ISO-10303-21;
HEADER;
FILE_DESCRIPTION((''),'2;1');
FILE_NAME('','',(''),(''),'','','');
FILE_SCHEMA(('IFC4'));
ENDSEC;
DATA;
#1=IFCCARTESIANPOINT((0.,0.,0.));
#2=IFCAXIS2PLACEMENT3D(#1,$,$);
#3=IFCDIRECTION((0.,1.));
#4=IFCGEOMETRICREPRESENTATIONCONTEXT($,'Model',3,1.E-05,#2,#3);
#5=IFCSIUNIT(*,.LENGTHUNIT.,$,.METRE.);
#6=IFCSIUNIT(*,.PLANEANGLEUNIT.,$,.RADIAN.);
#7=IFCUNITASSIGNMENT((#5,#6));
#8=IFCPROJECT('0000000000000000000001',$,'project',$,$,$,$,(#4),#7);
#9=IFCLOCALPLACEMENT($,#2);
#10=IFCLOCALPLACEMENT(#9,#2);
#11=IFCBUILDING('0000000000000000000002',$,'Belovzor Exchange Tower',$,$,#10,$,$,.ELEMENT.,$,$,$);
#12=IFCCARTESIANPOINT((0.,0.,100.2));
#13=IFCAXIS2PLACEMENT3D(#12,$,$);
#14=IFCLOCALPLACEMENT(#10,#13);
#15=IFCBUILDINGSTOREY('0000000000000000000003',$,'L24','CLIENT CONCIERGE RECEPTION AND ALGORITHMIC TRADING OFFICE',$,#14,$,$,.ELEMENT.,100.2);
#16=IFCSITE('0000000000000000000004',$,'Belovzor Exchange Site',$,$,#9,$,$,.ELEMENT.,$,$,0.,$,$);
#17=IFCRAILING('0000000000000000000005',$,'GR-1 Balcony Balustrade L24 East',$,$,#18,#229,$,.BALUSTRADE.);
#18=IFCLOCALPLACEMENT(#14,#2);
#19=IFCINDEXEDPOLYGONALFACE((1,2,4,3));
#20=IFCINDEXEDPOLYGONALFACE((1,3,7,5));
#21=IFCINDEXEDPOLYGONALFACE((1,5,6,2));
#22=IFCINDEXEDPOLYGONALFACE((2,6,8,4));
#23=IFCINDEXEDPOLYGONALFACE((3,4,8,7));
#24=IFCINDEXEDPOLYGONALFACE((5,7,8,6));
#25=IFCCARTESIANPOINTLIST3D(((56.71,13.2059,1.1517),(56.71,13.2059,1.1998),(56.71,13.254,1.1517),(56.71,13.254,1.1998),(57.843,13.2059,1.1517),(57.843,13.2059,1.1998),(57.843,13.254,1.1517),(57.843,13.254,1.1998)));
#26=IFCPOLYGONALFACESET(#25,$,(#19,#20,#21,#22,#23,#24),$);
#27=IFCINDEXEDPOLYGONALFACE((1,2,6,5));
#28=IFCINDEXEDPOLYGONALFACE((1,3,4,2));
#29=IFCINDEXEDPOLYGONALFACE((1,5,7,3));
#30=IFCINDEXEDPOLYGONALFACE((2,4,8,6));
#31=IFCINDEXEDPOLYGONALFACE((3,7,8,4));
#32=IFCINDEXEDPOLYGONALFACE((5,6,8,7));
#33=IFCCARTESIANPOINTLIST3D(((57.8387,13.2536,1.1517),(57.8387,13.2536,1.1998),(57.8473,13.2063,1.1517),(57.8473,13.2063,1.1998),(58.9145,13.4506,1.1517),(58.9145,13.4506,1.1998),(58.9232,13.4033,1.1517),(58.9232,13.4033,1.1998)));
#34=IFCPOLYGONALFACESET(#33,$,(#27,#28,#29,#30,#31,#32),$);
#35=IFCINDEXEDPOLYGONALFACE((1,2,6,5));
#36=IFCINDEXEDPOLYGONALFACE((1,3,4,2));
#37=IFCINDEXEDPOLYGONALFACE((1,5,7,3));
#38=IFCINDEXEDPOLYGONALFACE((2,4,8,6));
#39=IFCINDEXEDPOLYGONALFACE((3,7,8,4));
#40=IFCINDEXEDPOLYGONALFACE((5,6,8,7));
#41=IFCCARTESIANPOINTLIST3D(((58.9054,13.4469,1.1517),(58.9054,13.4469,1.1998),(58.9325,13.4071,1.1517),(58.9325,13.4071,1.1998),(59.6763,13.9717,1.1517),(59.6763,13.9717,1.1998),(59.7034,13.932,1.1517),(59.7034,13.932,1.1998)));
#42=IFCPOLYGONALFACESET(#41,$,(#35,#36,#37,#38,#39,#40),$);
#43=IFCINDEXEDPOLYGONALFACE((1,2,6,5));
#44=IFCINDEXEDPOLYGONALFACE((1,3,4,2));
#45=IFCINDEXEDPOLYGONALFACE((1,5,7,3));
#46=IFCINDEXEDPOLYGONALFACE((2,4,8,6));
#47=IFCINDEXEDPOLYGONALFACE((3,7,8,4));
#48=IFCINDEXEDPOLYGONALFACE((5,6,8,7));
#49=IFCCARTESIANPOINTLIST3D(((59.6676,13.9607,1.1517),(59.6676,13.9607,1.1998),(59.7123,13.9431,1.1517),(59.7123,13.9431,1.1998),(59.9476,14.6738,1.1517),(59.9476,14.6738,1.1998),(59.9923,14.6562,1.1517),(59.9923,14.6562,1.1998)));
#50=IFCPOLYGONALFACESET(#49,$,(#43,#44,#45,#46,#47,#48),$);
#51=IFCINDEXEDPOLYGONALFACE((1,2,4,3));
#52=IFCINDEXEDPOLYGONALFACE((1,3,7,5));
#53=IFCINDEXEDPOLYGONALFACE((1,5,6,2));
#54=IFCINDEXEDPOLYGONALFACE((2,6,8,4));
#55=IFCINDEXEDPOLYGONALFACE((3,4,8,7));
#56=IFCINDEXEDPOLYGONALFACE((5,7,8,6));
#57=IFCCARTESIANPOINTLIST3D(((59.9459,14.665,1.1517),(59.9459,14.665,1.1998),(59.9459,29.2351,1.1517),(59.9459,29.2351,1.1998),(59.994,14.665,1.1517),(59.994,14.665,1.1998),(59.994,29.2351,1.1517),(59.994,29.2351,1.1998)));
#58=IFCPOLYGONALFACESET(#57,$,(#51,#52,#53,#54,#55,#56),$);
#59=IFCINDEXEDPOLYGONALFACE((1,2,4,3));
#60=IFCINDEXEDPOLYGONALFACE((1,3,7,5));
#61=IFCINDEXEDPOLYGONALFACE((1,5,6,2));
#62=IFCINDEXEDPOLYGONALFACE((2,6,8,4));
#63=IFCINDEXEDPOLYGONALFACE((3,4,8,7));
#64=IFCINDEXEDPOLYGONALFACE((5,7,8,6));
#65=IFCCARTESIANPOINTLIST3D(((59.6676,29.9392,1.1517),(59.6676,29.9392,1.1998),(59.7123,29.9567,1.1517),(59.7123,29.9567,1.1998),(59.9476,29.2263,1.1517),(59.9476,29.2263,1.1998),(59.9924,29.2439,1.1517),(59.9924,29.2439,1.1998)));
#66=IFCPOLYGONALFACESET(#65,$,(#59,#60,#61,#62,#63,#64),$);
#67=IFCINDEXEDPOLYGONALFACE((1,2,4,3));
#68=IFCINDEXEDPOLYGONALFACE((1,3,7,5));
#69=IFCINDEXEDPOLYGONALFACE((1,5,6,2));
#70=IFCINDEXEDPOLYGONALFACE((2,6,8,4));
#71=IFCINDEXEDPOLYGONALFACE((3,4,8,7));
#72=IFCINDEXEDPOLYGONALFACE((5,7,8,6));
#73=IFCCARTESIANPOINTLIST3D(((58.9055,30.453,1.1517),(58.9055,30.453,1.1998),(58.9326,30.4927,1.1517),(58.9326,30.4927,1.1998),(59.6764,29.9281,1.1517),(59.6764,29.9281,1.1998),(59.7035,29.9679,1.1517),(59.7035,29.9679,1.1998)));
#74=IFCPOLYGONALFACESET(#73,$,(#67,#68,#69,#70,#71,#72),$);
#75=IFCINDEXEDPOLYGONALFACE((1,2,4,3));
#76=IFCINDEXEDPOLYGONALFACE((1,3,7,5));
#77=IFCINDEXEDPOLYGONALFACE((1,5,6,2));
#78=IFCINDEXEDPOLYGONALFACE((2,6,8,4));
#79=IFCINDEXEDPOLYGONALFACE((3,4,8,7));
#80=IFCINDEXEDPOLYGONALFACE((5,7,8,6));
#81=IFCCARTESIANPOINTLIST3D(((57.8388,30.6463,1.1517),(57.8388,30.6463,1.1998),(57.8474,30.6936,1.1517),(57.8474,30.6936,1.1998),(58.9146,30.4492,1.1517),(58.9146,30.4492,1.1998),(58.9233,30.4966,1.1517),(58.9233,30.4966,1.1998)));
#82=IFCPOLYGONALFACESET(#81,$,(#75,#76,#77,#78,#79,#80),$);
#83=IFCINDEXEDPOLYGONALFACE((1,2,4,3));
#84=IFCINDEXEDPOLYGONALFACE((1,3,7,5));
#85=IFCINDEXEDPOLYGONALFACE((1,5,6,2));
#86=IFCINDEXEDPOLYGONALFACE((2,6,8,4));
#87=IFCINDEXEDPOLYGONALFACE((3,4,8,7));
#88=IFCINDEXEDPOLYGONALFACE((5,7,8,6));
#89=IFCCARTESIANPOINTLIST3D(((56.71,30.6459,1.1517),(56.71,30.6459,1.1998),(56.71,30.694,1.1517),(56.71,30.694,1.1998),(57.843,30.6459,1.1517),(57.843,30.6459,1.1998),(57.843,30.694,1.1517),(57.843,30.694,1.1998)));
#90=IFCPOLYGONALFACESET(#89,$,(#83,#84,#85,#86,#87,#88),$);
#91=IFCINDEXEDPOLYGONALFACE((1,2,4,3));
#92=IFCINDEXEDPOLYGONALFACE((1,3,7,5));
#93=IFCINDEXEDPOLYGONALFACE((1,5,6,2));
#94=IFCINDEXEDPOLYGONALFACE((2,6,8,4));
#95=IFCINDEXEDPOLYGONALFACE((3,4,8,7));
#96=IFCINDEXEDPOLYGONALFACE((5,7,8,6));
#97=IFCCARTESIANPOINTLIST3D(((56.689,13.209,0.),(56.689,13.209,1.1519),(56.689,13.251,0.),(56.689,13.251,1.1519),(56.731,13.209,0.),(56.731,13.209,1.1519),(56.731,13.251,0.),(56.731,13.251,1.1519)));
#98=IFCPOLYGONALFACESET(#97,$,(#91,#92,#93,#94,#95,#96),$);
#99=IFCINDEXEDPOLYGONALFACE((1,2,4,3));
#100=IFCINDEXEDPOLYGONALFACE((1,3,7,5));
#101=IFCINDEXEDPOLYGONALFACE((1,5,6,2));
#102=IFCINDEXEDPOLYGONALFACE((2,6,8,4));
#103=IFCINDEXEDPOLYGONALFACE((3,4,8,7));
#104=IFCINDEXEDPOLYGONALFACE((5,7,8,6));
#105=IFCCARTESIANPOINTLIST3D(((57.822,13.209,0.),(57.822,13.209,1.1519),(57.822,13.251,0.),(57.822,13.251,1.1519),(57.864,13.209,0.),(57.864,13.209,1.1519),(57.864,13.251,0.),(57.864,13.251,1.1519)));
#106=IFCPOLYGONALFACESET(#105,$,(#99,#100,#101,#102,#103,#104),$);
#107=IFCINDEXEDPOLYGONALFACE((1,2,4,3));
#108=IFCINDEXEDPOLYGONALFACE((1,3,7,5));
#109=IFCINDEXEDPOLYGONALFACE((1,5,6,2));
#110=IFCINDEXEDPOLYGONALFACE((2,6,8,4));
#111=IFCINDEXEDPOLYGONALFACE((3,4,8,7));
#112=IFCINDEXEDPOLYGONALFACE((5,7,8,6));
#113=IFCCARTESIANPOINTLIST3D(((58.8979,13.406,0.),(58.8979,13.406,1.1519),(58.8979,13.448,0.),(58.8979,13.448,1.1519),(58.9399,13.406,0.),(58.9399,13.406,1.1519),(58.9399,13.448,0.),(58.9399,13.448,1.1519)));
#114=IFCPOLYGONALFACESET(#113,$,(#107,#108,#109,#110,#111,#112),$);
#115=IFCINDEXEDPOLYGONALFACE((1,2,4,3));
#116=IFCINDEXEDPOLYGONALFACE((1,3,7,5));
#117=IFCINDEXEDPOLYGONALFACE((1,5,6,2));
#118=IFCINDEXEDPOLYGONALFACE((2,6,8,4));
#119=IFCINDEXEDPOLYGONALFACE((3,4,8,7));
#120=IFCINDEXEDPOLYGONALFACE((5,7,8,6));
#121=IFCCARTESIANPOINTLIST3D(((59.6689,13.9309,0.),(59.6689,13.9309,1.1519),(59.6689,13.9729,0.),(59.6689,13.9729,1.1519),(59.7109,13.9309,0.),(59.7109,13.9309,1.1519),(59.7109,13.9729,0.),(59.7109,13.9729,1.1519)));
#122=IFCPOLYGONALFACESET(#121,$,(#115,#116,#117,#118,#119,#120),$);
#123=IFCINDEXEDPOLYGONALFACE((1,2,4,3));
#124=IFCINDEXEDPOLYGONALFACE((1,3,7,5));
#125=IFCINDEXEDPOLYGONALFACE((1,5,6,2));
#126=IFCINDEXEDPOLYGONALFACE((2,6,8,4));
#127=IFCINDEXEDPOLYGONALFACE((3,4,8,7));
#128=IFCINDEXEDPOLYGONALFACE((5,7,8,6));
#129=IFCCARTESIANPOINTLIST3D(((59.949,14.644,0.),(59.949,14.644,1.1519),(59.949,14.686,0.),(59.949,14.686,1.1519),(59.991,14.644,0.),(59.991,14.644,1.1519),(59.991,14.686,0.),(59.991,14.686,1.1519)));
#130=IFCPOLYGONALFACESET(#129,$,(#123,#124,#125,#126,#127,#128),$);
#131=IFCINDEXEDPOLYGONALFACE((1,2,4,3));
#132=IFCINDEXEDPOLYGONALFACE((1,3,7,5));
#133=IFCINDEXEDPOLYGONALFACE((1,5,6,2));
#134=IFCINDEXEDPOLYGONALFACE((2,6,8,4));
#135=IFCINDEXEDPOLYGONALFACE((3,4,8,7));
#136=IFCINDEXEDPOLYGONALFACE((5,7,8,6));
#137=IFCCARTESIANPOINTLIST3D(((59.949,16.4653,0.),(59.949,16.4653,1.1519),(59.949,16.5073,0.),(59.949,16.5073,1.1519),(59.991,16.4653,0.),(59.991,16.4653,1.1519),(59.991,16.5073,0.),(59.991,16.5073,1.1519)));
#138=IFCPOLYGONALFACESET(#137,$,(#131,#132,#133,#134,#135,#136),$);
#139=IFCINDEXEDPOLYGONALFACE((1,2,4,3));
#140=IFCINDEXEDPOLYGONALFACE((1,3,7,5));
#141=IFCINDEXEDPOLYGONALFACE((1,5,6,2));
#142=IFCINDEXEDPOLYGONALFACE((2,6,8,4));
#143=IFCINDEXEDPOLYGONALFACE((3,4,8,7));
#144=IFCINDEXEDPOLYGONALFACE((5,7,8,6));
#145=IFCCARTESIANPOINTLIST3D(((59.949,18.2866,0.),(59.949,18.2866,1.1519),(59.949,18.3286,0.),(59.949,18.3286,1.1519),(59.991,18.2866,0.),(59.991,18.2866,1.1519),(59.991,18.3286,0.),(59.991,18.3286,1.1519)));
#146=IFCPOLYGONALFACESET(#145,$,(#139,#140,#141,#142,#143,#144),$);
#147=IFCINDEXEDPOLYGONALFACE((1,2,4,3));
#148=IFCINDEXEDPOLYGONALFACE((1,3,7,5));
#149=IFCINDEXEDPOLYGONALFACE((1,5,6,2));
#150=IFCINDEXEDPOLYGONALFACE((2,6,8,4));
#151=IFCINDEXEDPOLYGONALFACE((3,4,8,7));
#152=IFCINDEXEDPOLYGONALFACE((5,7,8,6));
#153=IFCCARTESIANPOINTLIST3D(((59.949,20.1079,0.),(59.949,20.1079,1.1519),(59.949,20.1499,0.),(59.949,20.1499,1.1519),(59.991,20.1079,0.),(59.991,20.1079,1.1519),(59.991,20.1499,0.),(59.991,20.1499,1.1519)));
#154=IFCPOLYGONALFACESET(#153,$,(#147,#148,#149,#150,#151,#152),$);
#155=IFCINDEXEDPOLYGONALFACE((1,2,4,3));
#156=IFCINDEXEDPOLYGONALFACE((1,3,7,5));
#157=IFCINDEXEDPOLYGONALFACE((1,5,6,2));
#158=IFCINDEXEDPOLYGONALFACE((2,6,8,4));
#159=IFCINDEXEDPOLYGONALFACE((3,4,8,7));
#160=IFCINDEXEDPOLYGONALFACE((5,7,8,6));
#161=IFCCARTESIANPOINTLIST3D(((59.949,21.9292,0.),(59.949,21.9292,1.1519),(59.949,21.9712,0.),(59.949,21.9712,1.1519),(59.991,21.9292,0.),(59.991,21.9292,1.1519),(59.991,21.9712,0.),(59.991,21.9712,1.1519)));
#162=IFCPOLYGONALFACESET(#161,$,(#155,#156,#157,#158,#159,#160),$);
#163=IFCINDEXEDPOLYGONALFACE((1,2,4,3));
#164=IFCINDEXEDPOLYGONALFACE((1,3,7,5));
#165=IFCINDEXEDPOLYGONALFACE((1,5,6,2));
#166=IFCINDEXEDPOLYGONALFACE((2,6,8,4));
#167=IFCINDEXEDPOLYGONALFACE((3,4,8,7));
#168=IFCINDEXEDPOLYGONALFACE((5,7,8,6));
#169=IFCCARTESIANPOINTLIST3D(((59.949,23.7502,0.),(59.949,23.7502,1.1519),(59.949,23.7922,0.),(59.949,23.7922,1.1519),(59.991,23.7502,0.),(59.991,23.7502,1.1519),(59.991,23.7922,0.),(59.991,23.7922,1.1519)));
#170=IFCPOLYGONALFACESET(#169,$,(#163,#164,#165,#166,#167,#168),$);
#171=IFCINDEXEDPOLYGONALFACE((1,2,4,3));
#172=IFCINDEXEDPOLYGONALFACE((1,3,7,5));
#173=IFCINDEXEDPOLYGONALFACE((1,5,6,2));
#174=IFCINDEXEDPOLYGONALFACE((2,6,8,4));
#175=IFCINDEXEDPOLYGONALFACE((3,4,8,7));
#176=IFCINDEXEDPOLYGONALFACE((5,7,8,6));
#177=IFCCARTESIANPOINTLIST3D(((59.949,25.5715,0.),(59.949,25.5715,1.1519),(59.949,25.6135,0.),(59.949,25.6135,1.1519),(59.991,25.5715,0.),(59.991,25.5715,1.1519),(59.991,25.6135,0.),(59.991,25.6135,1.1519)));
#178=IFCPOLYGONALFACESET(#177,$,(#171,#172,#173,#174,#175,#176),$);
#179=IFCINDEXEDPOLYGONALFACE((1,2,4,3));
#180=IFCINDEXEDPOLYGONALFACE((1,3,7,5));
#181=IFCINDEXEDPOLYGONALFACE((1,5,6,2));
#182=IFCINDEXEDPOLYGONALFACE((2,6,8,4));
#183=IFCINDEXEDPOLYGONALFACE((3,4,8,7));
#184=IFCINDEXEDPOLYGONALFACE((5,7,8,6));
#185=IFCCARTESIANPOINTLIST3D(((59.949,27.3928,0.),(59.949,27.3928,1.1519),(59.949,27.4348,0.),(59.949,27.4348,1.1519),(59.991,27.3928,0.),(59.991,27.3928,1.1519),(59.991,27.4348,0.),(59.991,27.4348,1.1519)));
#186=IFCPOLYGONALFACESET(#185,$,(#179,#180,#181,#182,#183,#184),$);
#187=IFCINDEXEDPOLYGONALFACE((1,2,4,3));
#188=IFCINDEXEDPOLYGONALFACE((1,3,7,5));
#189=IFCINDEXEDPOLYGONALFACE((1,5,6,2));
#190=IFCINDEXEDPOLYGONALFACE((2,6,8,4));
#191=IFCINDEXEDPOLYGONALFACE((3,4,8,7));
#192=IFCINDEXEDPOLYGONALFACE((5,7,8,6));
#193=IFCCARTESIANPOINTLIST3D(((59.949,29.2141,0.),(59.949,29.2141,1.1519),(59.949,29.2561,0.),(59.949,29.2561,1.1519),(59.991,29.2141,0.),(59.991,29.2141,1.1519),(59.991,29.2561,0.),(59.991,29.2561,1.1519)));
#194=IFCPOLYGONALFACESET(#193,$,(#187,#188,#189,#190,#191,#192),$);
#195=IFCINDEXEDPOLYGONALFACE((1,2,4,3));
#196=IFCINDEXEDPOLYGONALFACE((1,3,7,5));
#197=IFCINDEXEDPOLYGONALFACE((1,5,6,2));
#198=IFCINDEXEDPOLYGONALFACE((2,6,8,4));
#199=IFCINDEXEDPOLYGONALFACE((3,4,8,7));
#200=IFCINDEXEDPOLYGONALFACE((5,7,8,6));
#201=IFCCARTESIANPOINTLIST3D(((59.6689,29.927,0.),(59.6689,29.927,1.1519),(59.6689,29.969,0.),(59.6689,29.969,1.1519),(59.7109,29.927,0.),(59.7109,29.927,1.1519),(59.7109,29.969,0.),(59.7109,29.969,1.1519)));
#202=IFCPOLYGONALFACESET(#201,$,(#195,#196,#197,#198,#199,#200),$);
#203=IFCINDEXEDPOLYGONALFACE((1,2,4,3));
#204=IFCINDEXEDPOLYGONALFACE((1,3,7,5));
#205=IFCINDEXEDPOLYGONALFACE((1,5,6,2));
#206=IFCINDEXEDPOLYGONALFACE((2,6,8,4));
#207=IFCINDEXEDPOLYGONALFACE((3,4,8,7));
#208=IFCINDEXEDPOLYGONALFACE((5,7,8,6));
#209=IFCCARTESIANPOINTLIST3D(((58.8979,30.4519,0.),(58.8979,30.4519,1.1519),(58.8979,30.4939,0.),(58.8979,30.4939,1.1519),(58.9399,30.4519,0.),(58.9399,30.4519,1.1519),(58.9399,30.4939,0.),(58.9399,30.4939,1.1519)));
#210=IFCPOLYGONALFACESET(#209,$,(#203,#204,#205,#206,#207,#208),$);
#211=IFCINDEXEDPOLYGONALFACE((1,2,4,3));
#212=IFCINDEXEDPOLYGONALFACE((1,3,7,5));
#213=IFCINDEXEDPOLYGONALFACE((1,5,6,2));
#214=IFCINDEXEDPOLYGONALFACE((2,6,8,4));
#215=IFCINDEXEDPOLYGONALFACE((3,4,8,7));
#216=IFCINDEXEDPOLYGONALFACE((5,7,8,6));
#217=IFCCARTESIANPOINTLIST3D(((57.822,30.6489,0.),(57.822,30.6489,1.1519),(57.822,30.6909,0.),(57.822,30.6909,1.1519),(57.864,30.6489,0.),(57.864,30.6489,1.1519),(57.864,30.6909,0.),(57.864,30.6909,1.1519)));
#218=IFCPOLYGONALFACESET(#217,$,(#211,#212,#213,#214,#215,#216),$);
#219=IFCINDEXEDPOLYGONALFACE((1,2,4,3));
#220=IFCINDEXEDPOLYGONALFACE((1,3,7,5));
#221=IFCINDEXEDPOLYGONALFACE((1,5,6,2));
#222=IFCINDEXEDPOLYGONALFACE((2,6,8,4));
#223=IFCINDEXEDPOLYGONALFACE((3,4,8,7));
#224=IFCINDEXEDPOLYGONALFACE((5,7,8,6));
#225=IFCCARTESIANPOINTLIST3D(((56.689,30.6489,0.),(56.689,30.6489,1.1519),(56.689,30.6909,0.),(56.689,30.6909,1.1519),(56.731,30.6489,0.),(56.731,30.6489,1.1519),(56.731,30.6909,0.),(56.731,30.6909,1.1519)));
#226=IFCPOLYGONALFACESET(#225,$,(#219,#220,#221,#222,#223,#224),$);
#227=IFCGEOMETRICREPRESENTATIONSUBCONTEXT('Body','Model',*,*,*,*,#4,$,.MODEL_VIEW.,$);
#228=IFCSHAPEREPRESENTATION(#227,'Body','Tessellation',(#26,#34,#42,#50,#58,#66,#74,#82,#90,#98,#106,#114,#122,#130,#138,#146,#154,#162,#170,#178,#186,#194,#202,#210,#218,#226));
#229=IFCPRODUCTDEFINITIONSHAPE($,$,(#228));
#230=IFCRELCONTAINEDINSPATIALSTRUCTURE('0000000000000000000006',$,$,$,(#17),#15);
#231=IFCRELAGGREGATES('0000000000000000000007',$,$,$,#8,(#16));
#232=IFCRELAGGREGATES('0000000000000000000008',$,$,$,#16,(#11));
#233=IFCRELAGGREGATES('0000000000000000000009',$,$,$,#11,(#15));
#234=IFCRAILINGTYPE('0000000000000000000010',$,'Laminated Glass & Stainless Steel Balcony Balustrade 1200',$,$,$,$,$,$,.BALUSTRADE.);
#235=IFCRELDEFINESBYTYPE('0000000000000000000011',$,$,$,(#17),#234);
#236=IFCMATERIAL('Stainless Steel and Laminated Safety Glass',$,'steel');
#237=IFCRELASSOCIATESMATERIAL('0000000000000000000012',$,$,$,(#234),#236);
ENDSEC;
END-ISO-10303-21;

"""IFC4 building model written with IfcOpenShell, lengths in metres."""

from ifc_helpers import new_model, si_unit, direction, frame, origin, origin_2d, place, context, subcontext, project, spatial, rectangle, extrude, material, type_object, element, save


model = new_model("IFC4")

# Units and contexts
model_context = context("Model", 3, precision=1e-05, world=origin(), true_north=direction((0.0, 1.0)))
body_context = subcontext(model_context, "Body", "Model", "MODEL_VIEW")
ifc_project = project(units=[si_unit("LENGTHUNIT", "METRE"), si_unit("PLANEANGLEUNIT", "RADIAN")], contexts=[model_context])

# Site, building, storey
site_placement = place(None, origin())
site = spatial("IfcSite", under=ifc_project, at=site_placement, Name="Belovzor Exchange Site", CompositionType="ELEMENT", RefElevation=0.0)
building_placement = place(site_placement, origin())
building = spatial("IfcBuilding", under=site, at=building_placement, Name="Belovzor Exchange Tower", CompositionType="ELEMENT")
storey_placement = place(building_placement, frame((0.0, 0.0, 100.2)))
storey = spatial("IfcBuildingStorey", under=building, at=storey_placement, Name="L24", Description="CLIENT CONCIERGE RECEPTION AND ALGORITHMIC TRADING OFFICE", CompositionType="ELEMENT", Elevation=100.2)

# Railing
ifc_material_1 = material(Name="Stainless Steel and Laminated Safety Glass", Category="steel")
railing_type = type_object("IfcRailingType", Name="Laminated Glass & Stainless Steel Balcony Balustrade 1200", PredefinedType="BALUSTRADE", material=ifc_material_1)
railing_placement = place(storey_placement, frame((56.71, 13.23, 0.0)))
element("IfcRailing", 1, at=railing_placement, inside=storey, type_object=railing_type, Name="GR-1 Balcony Balustrade L24 East", PredefinedType="BALUSTRADE", context=body_context, shape_type="SweptSolid", body=[
    extrude(rectangle(XDim=0.0481, YDim=0.0481, at=origin_2d()), frame((0.0, 0.0, 1.1758), z_axis=(1.0, 0.0, 0.0), x_axis=(0.0, 1.0, 0.0)), (0.0, 0.0, 1.0), 1.1331),
    extrude(rectangle(XDim=0.0481, YDim=0.0481, at=origin_2d()), frame((1.1331, 0.0, 1.1758), z_axis=(0.983644, 0.180123, 0.0), x_axis=(-0.180123, 0.983644, 0.0)), (0.0, 0.0, 1.0), 1.0938),
    extrude(rectangle(XDim=0.0481, YDim=0.0481, at=origin_2d()), frame((2.209, 0.197, 1.1758), z_axis=(0.826615, 0.562768, 0.0), x_axis=(-0.562768, 0.826615, 0.0)), (0.0, 0.0, 1.0), 0.9326),
    extrude(rectangle(XDim=0.0481, YDim=0.0481, at=origin_2d()), frame((2.98, 0.7219, 1.1758), z_axis=(0.365504, 0.93081, 0.0), x_axis=(-0.93081, 0.365504, 0.0)), (0.0, 0.0, 1.0), 0.7661),
    extrude(rectangle(XDim=0.0481, YDim=0.0481, at=origin_2d()), frame((3.26, 1.4351, 1.1758), z_axis=(0.0, 1.0, 0.0), x_axis=(-1.0, 0.0, 0.0)), (0.0, 0.0, 1.0), 14.5701),
    extrude(rectangle(XDim=0.0481, YDim=0.0481, at=origin_2d()), frame((3.26, 16.0051, 1.1758), z_axis=(-0.365613, 0.930767, 0.0), x_axis=(-0.930767, -0.365613, 0.0)), (0.0, 0.0, 1.0), 0.7659),
    extrude(rectangle(XDim=0.0481, YDim=0.0481, at=origin_2d()), frame((2.98, 16.718, 1.1758), z_axis=(-0.826615, 0.562768, 0.0), x_axis=(-0.562768, -0.826615, 0.0)), (0.0, 0.0, 1.0), 0.9326),
    extrude(rectangle(XDim=0.0481, YDim=0.0481, at=origin_2d()), frame((2.209, 17.2429, 1.1758), z_axis=(-0.983644, 0.180123, 0.0), x_axis=(-0.180123, -0.983644, 0.0)), (0.0, 0.0, 1.0), 1.0938),
    extrude(rectangle(XDim=0.0481, YDim=0.0481, at=origin_2d()), frame((1.1331, 17.4399, 1.1758), z_axis=(-1.0, 0.0, 0.0), x_axis=(0.0, -1.0, 0.0)), (0.0, 0.0, 1.0), 1.1331),
    extrude(rectangle(XDim=0.042, YDim=0.042, at=origin_2d()), origin(), (0.0, 0.0, 1.0), 1.1519),
    extrude(rectangle(XDim=0.042, YDim=0.042, at=origin_2d()), frame((1.1331, 0.0, 0.0)), (0.0, 0.0, 1.0), 1.1519),
    extrude(rectangle(XDim=0.042, YDim=0.042, at=origin_2d()), frame((2.209, 0.197, 0.0)), (0.0, 0.0, 1.0), 1.1519),
    extrude(rectangle(XDim=0.042, YDim=0.042, at=origin_2d()), frame((2.98, 0.7219, 0.0)), (0.0, 0.0, 1.0), 1.1519),
    extrude(rectangle(XDim=0.042, YDim=0.042, at=origin_2d()), frame((3.26, 1.4351, 0.0)), (0.0, 0.0, 1.0), 1.1519),
    extrude(rectangle(XDim=0.042, YDim=0.042, at=origin_2d()), frame((3.26, 3.2563, 0.0)), (0.0, 0.0, 1.0), 1.1519),
    extrude(rectangle(XDim=0.042, YDim=0.042, at=origin_2d()), frame((3.26, 5.0776, 0.0)), (0.0, 0.0, 1.0), 1.1519),
    extrude(rectangle(XDim=0.042, YDim=0.042, at=origin_2d()), frame((3.26, 6.8989, 0.0)), (0.0, 0.0, 1.0), 1.1519),
    extrude(rectangle(XDim=0.042, YDim=0.042, at=origin_2d()), frame((3.26, 8.7202, 0.0)), (0.0, 0.0, 1.0), 1.1519),
    extrude(rectangle(XDim=0.042, YDim=0.042, at=origin_2d()), frame((3.26, 10.5413, 0.0)), (0.0, 0.0, 1.0), 1.1519),
    extrude(rectangle(XDim=0.042, YDim=0.042, at=origin_2d()), frame((3.26, 12.3625, 0.0)), (0.0, 0.0, 1.0), 1.1519),
    extrude(rectangle(XDim=0.042, YDim=0.042, at=origin_2d()), frame((3.26, 14.1838, 0.0)), (0.0, 0.0, 1.0), 1.1519),
    extrude(rectangle(XDim=0.042, YDim=0.042, at=origin_2d()), frame((3.26, 16.0051, 0.0)), (0.0, 0.0, 1.0), 1.1519),
    extrude(rectangle(XDim=0.042, YDim=0.042, at=origin_2d()), frame((2.98, 16.718, 0.0)), (0.0, 0.0, 1.0), 1.1519),
    extrude(rectangle(XDim=0.042, YDim=0.042, at=origin_2d()), frame((2.209, 17.2429, 0.0)), (0.0, 0.0, 1.0), 1.1519),
    extrude(rectangle(XDim=0.042, YDim=0.042, at=origin_2d()), frame((1.1331, 17.4399, 0.0)), (0.0, 0.0, 1.0), 1.1519),
    extrude(rectangle(XDim=0.042, YDim=0.042, at=origin_2d()), frame((0.0, 17.4399, 0.0)), (0.0, 0.0, 1.0), 1.1519),
])

save(model, "model.ifc")
